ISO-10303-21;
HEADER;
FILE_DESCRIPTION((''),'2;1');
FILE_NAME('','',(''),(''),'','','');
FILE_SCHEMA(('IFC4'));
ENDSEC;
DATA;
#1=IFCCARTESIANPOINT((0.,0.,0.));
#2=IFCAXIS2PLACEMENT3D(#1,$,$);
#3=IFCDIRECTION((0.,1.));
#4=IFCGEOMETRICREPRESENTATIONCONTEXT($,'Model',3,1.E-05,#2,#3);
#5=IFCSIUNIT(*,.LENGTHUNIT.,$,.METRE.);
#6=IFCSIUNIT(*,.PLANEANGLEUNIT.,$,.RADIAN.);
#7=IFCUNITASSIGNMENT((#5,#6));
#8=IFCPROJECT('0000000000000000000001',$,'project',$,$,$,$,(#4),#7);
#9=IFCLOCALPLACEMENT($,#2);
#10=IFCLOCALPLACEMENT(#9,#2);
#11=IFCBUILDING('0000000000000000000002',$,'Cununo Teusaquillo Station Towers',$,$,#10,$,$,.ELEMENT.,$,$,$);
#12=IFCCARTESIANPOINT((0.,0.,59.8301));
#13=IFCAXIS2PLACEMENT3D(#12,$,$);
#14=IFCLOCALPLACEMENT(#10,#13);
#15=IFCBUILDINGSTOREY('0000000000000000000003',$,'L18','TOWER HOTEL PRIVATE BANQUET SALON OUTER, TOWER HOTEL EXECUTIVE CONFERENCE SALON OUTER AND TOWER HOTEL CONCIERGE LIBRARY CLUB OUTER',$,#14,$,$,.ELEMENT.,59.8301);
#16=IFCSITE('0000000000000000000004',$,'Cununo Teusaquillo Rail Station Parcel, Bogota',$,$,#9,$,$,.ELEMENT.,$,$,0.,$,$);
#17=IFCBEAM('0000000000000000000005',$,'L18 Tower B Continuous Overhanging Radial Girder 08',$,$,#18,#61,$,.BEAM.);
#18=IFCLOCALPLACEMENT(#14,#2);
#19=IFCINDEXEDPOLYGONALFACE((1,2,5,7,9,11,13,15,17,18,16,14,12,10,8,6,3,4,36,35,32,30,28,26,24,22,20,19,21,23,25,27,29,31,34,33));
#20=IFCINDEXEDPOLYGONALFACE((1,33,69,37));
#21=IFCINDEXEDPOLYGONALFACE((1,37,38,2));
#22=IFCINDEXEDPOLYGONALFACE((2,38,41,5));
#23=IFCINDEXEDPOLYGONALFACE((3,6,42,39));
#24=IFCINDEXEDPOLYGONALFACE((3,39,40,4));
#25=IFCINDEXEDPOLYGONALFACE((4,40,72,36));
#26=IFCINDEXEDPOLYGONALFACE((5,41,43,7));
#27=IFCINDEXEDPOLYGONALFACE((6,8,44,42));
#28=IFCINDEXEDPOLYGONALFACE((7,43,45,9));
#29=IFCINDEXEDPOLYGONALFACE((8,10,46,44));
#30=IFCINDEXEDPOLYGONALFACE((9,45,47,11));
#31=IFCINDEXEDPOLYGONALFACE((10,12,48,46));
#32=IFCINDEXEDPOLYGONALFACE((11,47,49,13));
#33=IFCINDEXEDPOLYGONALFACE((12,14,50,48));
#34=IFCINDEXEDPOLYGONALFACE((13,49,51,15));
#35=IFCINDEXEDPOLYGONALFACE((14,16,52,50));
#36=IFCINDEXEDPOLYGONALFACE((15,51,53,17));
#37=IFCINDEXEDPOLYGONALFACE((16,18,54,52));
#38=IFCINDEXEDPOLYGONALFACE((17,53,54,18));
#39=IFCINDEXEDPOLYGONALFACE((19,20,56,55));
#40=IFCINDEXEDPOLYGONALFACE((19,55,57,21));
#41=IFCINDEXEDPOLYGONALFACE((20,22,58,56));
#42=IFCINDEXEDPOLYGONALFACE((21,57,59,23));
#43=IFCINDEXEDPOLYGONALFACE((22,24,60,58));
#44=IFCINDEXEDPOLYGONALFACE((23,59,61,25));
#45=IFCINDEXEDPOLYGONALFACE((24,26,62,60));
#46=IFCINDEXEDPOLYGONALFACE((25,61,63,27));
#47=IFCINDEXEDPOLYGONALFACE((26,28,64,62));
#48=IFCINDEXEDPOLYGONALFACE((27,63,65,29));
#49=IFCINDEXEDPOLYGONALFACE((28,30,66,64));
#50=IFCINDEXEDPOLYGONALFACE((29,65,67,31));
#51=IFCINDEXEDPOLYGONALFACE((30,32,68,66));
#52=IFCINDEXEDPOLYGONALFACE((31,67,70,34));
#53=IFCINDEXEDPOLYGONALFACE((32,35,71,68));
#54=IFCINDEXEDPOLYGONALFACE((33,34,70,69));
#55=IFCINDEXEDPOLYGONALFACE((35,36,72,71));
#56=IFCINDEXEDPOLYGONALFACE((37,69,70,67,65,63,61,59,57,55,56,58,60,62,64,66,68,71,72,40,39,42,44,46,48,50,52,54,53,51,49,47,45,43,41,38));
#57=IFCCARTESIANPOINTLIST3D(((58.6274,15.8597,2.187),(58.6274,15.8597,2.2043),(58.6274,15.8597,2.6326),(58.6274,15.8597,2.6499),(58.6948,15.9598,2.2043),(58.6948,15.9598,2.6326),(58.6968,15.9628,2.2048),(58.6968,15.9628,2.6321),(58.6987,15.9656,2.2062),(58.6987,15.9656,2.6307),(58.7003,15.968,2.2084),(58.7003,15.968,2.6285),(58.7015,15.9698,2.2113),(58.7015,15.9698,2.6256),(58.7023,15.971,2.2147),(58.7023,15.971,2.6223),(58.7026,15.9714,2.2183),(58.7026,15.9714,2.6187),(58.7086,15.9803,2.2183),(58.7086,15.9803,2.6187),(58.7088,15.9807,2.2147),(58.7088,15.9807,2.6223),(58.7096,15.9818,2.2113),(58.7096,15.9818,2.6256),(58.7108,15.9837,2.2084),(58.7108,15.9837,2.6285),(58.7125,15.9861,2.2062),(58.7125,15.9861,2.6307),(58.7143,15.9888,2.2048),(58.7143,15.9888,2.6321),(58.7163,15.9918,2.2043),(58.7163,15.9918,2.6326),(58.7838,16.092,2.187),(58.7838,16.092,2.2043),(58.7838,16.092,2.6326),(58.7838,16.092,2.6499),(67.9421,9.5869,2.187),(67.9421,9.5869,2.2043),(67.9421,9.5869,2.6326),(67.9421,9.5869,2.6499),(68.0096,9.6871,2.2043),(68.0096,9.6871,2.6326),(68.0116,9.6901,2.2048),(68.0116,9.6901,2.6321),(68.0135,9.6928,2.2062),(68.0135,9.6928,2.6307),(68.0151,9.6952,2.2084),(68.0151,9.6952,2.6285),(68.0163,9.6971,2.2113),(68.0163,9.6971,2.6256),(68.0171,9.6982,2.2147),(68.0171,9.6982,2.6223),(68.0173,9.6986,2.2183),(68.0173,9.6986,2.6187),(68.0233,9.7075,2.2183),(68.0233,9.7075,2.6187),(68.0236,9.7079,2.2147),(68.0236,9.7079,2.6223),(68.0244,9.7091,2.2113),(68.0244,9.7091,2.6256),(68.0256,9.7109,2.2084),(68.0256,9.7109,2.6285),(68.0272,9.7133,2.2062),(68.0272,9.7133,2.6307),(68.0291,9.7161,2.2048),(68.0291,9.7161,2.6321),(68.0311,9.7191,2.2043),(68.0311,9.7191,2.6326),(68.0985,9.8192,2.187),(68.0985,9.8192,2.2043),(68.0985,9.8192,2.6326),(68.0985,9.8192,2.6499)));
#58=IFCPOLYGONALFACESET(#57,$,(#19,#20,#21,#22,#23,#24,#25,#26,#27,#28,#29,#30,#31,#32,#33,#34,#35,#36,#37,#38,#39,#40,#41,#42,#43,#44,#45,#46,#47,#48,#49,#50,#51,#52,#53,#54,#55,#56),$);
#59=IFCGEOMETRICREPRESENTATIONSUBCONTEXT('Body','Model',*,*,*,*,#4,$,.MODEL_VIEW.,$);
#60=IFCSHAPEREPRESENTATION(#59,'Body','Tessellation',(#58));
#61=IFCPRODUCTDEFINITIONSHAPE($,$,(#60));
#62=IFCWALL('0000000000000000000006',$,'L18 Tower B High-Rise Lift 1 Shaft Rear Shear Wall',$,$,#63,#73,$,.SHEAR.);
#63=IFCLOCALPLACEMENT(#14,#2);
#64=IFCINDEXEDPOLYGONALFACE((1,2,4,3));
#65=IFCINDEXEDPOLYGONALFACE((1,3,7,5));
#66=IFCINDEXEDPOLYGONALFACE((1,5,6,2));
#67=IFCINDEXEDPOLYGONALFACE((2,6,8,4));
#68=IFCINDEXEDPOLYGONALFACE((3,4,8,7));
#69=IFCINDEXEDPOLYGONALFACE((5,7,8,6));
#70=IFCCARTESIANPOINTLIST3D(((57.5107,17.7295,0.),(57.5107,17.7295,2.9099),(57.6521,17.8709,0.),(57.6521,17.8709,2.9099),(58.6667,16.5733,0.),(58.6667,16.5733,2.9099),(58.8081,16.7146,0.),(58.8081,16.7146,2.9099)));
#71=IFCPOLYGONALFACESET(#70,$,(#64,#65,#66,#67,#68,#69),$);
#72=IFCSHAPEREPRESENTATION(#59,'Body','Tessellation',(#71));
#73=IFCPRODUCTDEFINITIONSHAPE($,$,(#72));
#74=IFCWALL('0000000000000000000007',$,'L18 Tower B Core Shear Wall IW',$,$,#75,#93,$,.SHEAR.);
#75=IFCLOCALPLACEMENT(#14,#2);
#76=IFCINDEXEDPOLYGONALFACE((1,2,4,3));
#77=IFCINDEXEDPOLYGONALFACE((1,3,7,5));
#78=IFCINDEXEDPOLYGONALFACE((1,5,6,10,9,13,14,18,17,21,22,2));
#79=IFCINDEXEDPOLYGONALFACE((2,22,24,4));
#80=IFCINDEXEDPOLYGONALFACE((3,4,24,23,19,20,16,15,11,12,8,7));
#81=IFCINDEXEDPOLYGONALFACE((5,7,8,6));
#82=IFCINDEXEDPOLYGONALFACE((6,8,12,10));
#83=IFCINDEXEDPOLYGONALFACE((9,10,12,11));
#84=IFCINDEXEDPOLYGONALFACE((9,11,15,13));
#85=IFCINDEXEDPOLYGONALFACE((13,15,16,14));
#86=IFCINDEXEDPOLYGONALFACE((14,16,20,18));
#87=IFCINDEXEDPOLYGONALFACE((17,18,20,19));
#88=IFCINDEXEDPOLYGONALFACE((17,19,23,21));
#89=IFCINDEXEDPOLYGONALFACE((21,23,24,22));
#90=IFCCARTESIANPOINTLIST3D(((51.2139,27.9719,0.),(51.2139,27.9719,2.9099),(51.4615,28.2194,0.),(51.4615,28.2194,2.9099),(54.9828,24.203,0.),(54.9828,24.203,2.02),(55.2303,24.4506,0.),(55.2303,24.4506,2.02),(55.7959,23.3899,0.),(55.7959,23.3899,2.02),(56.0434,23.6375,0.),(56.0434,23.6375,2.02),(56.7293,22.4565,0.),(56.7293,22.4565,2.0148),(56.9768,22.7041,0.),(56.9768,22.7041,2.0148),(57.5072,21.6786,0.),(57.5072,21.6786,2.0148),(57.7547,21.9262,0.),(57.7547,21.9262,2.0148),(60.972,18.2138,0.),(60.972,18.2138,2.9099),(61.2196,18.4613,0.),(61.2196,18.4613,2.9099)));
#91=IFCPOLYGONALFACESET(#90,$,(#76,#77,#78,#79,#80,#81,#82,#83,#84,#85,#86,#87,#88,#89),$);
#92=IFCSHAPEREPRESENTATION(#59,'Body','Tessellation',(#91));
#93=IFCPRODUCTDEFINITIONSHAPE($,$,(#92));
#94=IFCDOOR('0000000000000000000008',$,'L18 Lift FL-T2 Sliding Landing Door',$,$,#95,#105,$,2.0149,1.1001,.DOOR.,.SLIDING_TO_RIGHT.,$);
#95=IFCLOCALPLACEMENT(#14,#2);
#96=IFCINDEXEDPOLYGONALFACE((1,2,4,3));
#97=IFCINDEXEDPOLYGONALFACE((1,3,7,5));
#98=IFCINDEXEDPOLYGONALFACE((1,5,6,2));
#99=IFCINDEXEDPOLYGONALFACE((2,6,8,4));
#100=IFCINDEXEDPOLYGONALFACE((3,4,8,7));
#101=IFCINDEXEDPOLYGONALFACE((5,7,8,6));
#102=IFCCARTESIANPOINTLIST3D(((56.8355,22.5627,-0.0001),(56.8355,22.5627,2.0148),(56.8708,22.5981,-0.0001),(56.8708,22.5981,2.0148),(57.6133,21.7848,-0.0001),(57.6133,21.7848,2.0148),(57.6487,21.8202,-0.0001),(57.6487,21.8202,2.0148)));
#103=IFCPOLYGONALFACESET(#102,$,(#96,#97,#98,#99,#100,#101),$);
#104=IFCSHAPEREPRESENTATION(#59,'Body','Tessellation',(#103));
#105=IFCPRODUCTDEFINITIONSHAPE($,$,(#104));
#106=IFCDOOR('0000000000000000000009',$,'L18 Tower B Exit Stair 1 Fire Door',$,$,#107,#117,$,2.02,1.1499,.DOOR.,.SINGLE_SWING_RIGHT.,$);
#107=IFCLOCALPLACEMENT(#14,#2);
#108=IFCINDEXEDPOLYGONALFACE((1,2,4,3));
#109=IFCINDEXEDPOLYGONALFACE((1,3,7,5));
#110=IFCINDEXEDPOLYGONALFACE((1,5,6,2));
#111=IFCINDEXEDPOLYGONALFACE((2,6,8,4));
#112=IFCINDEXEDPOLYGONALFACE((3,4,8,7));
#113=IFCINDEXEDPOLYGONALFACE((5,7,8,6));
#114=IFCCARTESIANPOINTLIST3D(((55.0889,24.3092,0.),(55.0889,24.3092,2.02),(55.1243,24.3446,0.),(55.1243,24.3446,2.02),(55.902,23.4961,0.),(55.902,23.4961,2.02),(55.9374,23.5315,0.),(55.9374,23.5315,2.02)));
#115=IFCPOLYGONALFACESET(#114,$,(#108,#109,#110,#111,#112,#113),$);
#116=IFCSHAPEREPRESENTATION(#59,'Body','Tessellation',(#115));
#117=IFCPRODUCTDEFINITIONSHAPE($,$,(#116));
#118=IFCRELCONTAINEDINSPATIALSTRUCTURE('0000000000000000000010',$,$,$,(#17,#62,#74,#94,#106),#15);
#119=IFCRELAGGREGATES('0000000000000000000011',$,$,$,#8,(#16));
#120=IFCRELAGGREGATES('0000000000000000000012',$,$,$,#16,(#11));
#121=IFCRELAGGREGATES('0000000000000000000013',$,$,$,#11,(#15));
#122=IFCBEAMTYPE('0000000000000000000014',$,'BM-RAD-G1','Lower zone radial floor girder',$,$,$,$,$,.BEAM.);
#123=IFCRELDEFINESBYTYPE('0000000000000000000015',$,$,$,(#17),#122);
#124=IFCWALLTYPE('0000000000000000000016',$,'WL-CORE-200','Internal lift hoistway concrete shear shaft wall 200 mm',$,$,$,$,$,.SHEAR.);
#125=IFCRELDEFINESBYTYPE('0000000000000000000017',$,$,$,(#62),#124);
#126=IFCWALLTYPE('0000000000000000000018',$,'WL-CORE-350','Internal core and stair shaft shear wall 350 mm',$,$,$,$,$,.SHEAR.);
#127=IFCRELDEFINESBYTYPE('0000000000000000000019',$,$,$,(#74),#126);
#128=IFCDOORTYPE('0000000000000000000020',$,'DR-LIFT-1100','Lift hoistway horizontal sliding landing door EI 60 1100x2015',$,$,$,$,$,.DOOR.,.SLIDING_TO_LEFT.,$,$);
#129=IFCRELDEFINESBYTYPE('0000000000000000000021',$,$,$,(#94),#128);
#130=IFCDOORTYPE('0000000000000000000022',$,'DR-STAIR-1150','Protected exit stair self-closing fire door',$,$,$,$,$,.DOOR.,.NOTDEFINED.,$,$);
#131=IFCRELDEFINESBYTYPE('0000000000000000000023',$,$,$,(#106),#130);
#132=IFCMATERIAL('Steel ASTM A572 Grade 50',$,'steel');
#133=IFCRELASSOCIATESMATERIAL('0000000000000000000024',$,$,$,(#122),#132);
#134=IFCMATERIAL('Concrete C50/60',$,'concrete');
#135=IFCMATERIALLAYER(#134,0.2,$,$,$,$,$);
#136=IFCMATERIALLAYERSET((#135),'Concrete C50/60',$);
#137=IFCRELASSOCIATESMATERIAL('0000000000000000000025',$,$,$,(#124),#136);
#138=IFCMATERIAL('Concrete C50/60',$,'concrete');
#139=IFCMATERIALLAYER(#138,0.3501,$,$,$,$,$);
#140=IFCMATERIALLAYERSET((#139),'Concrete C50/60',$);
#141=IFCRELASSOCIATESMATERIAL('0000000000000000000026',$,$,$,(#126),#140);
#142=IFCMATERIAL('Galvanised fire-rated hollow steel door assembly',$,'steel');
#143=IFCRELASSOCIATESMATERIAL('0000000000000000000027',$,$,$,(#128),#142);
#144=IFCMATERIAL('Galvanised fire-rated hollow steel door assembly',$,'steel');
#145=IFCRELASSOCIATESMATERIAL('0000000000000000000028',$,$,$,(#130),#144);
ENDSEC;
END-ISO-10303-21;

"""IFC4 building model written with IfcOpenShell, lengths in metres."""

from ifc_helpers import new_model, si_unit, direction, frame, frame_2d, origin, origin_2d, place, context, subcontext, project, spatial, rectangle, i_section, extrude, source, transform, mapped, material, layer, layer_set, material_profile, profile_set, type_object, element, fill, save


model = new_model("IFC4")

# Units and contexts
model_context = context("Model", 3, precision=1e-05, world=origin(), true_north=direction((0.0, 1.0)))
body_context = subcontext(model_context, "Body", "Model", "MODEL_VIEW")
ifc_project = project(units=[si_unit("LENGTHUNIT", "METRE"), si_unit("PLANEANGLEUNIT", "RADIAN")], contexts=[model_context])

# Site, building, storey
site_placement = place(None, origin())
site = spatial("IfcSite", under=ifc_project, at=site_placement, Name="Cununo Teusaquillo Rail Station Parcel, Bogota", CompositionType="ELEMENT", RefElevation=0.0)
building_placement = place(site_placement, origin())
building = spatial("IfcBuilding", under=site, at=building_placement, Name="Cununo Teusaquillo Station Towers", CompositionType="ELEMENT")
storey_placement = place(building_placement, frame((0.0, 0.0, 59.8301)))
storey = spatial("IfcBuildingStorey", under=building, at=storey_placement, Name="L18", Description="TOWER HOTEL PRIVATE BANQUET SALON OUTER, TOWER HOTEL EXECUTIVE CONFERENCE SALON OUTER AND TOWER HOTEL CONCIERGE LIBRARY CLUB OUTER", CompositionType="ELEMENT", Elevation=59.8301)

# Beam
ifc_material_1 = material(Name="Steel ASTM A572 Grade 50", Category="steel")
ifc_material_profile_1 = material_profile(ifc_material_1, i_section(OverallWidth=0.28, OverallDepth=0.4629, WebThickness=0.0107, FlangeThickness=0.0173, FilletRadius=0.0139, at=origin_2d()), Name="W18X76")
ifc_profile_set_1 = profile_set([ifc_material_profile_1], Name="Steel ASTM A572 Grade 50")
beam_type_1 = type_object("IfcBeamType", Name="BM-RAD-G1", Description="Lower zone radial floor girder", PredefinedType="BEAM", material=ifc_profile_set_1)
beam_1_placement = place(storey_placement, frame((58.7056, 15.9758, 2.4185), z_axis=(0.829456, -0.558572, 0.0), x_axis=(0.558572, 0.829456, 0.0)))
element("IfcBeam", 1, at=beam_1_placement, inside=storey, type_object=beam_type_1, Name="L18 Tower B Continuous Overhanging Radial Girder 08", PredefinedType="BEAM", context=body_context, shape_type="SweptSolid", body=[
    extrude(i_section(OverallWidth=0.28, OverallDepth=0.4629, WebThickness=0.0107, FlangeThickness=0.0173, FilletRadius=0.0139, at=origin_2d()), origin(), (0.0, 0.0, 1.0), 11.23),
])

# Wall
ifc_material_2 = material(Name="Concrete C50/60", Category="concrete")
ifc_layer_1 = layer(ifc_material_2, 0.2)
ifc_layer_set_1 = layer_set([ifc_layer_1], Name="Concrete C50/60")
wall_type_1 = type_object("IfcWallType", Name="WL-CORE-200", Description="Internal lift hoistway concrete shear shaft wall 200 mm", PredefinedType="SHEAR", material=ifc_layer_set_1)
wall_1_placement = place(storey_placement, frame((58.7373, 16.644, 0.0), z_axis=(0.0, 0.0, 1.0), x_axis=(-0.707032, 0.707181, 0.0)))
element("IfcWall", 2, at=wall_1_placement, inside=storey, type_object=wall_type_1, Name="L18 Tower B High-Rise Lift 1 Shaft Rear Shear Wall", PredefinedType="SHEAR", context=body_context, shape_type="SweptSolid", body=[
    extrude(rectangle(XDim=1.635, YDim=0.2, at=frame_2d((0.8174, 0.0))), origin(), (0.0, 0.0, 1.0), 2.9099),
])

# Wall, openings, doors
ifc_material_3 = material(Name="Concrete C50/60", Category="concrete")
ifc_layer_2 = layer(ifc_material_3, 0.3501)
ifc_layer_set_2 = layer_set([ifc_layer_2], Name="Concrete C50/60")
wall_type_2 = type_object("IfcWallType", Name="WL-CORE-350", Description="Internal core and stair shaft shear wall 350 mm", PredefinedType="SHEAR", material=ifc_layer_set_2)
wall_2_placement = place(storey_placement, frame((61.0957, 18.3376, 0.0), z_axis=(0.0, 0.0, 1.0), x_axis=(-0.707107, 0.707107, 0.0)))
wall_2 = element("IfcWall", 3, at=wall_2_placement, inside=storey, type_object=wall_type_2, Name="L18 Tower B Core Shear Wall IW", PredefinedType="SHEAR", context=body_context, shape_type="SweptSolid", body=[
    extrude(rectangle(XDim=13.8, YDim=0.3501, at=frame_2d((6.8999, 0.0))), origin(), (0.0, 0.0, 1.0), 2.9099),
])
shared_shape_1 = source(origin(), body_context, "Body", "SweptSolid", [
    extrude(rectangle(XDim=1.1001, YDim=2.0149, at=frame_2d((0.55, 1.0073))), frame((0.0, 0.1851, 0.0), z_axis=(0.0, -1.0, 0.0), x_axis=(1.0, 0.0, 0.0)), (0.0, 0.0, 1.0), 0.3701),
])
opening_1_placement = place(wall_2_placement, frame((4.8999, 0.0, 0.0)))
opening_1 = element("IfcOpeningElement", 4, at=opening_1_placement, cuts=wall_2, PredefinedType="OPENING", context=body_context, shape_type="MappedRepresentation", body=[
    mapped(shared_shape_1, transform((0.0, 0.0, 0.0), x_axis=(1.0, 0.0, 0.0), y_axis=(0.0, 1.0, 0.0), z_axis=(0.0, 0.0, 1.0), scale=1.0)),
])
shared_shape_2 = source(origin(), body_context, "Body", "SweptSolid", [
    extrude(rectangle(XDim=1.1499, YDim=2.02, at=frame_2d((0.575, 1.01))), frame((0.0, 0.1851, 0.0), z_axis=(0.0, -1.0, 0.0), x_axis=(1.0, 0.0, 0.0)), (0.0, 0.0, 1.0), 0.3701),
])
opening_2_placement = place(wall_2_placement, frame((7.3201, 0.0, 0.0)))
opening_2 = element("IfcOpeningElement", 5, at=opening_2_placement, cuts=wall_2, PredefinedType="OPENING", context=body_context, shape_type="MappedRepresentation", body=[
    mapped(shared_shape_2, transform((0.0, 0.0, 0.0), x_axis=(1.0, 0.0, 0.0), y_axis=(0.0, 1.0, 0.0), z_axis=(0.0, 0.0, 1.0), scale=1.0)),
])
ifc_material_4 = material(Name="Galvanised fire-rated hollow steel door assembly", Category="steel")
door_type_1 = type_object("IfcDoorType", Name="DR-LIFT-1100", Description="Lift hoistway horizontal sliding landing door EI 60 1100x2015", OperationType="SLIDING_TO_LEFT", PredefinedType="DOOR", material=ifc_material_4)
shared_shape_3 = source(origin(), body_context, "Body", "SweptSolid", [
    extrude(rectangle(XDim=1.1001, YDim=2.0149, at=frame_2d((0.55, 1.0073))), frame((0.0, 0.0249, 0.0), z_axis=(0.0, -1.0, 0.0), x_axis=(1.0, 0.0, 0.0)), (0.0, 0.0, 1.0), 0.05),
])
door_1_placement = place(opening_1_placement, origin())
door_1 = element("IfcDoor", 6, at=door_1_placement, inside=storey, type_object=door_type_1, Name="L18 Lift FL-T2 Sliding Landing Door", OperationType="SLIDING_TO_RIGHT", OverallHeight=2.0149, OverallWidth=1.1001, PredefinedType="DOOR", context=body_context, shape_type="MappedRepresentation", body=[
    mapped(shared_shape_3, transform((0.0, 0.0, 0.0), x_axis=(1.0, 0.0, 0.0), y_axis=(0.0, 1.0, 0.0), z_axis=(0.0, 0.0, 1.0), scale=1.0)),
])
fill(opening_1, door_1)
ifc_material_5 = material(Name="Galvanised fire-rated hollow steel door assembly", Category="steel")
door_type_2 = type_object("IfcDoorType", Name="DR-STAIR-1150", Description="Protected exit stair self-closing fire door", OperationType="NOTDEFINED", PredefinedType="DOOR", material=ifc_material_5)
shared_shape_4 = source(origin(), body_context, "Body", "SweptSolid", [
    extrude(rectangle(XDim=1.1499, YDim=2.02, at=frame_2d((0.575, 1.01))), frame((0.0, 0.0249, 0.0), z_axis=(0.0, -1.0, 0.0), x_axis=(1.0, 0.0, 0.0)), (0.0, 0.0, 1.0), 0.05),
])
door_2_placement = place(opening_2_placement, origin())
door_2 = element("IfcDoor", 7, at=door_2_placement, inside=storey, type_object=door_type_2, Name="L18 Tower B Exit Stair 1 Fire Door", OperationType="SINGLE_SWING_RIGHT", OverallHeight=2.02, OverallWidth=1.1499, PredefinedType="DOOR", context=body_context, shape_type="MappedRepresentation", body=[
    mapped(shared_shape_4, transform((0.0, 0.0, 0.0), x_axis=(1.0, 0.0, 0.0), y_axis=(0.0, 1.0, 0.0), z_axis=(0.0, 0.0, 1.0), scale=1.0)),
])
fill(opening_2, door_2)

save(model, "model.ifc")
